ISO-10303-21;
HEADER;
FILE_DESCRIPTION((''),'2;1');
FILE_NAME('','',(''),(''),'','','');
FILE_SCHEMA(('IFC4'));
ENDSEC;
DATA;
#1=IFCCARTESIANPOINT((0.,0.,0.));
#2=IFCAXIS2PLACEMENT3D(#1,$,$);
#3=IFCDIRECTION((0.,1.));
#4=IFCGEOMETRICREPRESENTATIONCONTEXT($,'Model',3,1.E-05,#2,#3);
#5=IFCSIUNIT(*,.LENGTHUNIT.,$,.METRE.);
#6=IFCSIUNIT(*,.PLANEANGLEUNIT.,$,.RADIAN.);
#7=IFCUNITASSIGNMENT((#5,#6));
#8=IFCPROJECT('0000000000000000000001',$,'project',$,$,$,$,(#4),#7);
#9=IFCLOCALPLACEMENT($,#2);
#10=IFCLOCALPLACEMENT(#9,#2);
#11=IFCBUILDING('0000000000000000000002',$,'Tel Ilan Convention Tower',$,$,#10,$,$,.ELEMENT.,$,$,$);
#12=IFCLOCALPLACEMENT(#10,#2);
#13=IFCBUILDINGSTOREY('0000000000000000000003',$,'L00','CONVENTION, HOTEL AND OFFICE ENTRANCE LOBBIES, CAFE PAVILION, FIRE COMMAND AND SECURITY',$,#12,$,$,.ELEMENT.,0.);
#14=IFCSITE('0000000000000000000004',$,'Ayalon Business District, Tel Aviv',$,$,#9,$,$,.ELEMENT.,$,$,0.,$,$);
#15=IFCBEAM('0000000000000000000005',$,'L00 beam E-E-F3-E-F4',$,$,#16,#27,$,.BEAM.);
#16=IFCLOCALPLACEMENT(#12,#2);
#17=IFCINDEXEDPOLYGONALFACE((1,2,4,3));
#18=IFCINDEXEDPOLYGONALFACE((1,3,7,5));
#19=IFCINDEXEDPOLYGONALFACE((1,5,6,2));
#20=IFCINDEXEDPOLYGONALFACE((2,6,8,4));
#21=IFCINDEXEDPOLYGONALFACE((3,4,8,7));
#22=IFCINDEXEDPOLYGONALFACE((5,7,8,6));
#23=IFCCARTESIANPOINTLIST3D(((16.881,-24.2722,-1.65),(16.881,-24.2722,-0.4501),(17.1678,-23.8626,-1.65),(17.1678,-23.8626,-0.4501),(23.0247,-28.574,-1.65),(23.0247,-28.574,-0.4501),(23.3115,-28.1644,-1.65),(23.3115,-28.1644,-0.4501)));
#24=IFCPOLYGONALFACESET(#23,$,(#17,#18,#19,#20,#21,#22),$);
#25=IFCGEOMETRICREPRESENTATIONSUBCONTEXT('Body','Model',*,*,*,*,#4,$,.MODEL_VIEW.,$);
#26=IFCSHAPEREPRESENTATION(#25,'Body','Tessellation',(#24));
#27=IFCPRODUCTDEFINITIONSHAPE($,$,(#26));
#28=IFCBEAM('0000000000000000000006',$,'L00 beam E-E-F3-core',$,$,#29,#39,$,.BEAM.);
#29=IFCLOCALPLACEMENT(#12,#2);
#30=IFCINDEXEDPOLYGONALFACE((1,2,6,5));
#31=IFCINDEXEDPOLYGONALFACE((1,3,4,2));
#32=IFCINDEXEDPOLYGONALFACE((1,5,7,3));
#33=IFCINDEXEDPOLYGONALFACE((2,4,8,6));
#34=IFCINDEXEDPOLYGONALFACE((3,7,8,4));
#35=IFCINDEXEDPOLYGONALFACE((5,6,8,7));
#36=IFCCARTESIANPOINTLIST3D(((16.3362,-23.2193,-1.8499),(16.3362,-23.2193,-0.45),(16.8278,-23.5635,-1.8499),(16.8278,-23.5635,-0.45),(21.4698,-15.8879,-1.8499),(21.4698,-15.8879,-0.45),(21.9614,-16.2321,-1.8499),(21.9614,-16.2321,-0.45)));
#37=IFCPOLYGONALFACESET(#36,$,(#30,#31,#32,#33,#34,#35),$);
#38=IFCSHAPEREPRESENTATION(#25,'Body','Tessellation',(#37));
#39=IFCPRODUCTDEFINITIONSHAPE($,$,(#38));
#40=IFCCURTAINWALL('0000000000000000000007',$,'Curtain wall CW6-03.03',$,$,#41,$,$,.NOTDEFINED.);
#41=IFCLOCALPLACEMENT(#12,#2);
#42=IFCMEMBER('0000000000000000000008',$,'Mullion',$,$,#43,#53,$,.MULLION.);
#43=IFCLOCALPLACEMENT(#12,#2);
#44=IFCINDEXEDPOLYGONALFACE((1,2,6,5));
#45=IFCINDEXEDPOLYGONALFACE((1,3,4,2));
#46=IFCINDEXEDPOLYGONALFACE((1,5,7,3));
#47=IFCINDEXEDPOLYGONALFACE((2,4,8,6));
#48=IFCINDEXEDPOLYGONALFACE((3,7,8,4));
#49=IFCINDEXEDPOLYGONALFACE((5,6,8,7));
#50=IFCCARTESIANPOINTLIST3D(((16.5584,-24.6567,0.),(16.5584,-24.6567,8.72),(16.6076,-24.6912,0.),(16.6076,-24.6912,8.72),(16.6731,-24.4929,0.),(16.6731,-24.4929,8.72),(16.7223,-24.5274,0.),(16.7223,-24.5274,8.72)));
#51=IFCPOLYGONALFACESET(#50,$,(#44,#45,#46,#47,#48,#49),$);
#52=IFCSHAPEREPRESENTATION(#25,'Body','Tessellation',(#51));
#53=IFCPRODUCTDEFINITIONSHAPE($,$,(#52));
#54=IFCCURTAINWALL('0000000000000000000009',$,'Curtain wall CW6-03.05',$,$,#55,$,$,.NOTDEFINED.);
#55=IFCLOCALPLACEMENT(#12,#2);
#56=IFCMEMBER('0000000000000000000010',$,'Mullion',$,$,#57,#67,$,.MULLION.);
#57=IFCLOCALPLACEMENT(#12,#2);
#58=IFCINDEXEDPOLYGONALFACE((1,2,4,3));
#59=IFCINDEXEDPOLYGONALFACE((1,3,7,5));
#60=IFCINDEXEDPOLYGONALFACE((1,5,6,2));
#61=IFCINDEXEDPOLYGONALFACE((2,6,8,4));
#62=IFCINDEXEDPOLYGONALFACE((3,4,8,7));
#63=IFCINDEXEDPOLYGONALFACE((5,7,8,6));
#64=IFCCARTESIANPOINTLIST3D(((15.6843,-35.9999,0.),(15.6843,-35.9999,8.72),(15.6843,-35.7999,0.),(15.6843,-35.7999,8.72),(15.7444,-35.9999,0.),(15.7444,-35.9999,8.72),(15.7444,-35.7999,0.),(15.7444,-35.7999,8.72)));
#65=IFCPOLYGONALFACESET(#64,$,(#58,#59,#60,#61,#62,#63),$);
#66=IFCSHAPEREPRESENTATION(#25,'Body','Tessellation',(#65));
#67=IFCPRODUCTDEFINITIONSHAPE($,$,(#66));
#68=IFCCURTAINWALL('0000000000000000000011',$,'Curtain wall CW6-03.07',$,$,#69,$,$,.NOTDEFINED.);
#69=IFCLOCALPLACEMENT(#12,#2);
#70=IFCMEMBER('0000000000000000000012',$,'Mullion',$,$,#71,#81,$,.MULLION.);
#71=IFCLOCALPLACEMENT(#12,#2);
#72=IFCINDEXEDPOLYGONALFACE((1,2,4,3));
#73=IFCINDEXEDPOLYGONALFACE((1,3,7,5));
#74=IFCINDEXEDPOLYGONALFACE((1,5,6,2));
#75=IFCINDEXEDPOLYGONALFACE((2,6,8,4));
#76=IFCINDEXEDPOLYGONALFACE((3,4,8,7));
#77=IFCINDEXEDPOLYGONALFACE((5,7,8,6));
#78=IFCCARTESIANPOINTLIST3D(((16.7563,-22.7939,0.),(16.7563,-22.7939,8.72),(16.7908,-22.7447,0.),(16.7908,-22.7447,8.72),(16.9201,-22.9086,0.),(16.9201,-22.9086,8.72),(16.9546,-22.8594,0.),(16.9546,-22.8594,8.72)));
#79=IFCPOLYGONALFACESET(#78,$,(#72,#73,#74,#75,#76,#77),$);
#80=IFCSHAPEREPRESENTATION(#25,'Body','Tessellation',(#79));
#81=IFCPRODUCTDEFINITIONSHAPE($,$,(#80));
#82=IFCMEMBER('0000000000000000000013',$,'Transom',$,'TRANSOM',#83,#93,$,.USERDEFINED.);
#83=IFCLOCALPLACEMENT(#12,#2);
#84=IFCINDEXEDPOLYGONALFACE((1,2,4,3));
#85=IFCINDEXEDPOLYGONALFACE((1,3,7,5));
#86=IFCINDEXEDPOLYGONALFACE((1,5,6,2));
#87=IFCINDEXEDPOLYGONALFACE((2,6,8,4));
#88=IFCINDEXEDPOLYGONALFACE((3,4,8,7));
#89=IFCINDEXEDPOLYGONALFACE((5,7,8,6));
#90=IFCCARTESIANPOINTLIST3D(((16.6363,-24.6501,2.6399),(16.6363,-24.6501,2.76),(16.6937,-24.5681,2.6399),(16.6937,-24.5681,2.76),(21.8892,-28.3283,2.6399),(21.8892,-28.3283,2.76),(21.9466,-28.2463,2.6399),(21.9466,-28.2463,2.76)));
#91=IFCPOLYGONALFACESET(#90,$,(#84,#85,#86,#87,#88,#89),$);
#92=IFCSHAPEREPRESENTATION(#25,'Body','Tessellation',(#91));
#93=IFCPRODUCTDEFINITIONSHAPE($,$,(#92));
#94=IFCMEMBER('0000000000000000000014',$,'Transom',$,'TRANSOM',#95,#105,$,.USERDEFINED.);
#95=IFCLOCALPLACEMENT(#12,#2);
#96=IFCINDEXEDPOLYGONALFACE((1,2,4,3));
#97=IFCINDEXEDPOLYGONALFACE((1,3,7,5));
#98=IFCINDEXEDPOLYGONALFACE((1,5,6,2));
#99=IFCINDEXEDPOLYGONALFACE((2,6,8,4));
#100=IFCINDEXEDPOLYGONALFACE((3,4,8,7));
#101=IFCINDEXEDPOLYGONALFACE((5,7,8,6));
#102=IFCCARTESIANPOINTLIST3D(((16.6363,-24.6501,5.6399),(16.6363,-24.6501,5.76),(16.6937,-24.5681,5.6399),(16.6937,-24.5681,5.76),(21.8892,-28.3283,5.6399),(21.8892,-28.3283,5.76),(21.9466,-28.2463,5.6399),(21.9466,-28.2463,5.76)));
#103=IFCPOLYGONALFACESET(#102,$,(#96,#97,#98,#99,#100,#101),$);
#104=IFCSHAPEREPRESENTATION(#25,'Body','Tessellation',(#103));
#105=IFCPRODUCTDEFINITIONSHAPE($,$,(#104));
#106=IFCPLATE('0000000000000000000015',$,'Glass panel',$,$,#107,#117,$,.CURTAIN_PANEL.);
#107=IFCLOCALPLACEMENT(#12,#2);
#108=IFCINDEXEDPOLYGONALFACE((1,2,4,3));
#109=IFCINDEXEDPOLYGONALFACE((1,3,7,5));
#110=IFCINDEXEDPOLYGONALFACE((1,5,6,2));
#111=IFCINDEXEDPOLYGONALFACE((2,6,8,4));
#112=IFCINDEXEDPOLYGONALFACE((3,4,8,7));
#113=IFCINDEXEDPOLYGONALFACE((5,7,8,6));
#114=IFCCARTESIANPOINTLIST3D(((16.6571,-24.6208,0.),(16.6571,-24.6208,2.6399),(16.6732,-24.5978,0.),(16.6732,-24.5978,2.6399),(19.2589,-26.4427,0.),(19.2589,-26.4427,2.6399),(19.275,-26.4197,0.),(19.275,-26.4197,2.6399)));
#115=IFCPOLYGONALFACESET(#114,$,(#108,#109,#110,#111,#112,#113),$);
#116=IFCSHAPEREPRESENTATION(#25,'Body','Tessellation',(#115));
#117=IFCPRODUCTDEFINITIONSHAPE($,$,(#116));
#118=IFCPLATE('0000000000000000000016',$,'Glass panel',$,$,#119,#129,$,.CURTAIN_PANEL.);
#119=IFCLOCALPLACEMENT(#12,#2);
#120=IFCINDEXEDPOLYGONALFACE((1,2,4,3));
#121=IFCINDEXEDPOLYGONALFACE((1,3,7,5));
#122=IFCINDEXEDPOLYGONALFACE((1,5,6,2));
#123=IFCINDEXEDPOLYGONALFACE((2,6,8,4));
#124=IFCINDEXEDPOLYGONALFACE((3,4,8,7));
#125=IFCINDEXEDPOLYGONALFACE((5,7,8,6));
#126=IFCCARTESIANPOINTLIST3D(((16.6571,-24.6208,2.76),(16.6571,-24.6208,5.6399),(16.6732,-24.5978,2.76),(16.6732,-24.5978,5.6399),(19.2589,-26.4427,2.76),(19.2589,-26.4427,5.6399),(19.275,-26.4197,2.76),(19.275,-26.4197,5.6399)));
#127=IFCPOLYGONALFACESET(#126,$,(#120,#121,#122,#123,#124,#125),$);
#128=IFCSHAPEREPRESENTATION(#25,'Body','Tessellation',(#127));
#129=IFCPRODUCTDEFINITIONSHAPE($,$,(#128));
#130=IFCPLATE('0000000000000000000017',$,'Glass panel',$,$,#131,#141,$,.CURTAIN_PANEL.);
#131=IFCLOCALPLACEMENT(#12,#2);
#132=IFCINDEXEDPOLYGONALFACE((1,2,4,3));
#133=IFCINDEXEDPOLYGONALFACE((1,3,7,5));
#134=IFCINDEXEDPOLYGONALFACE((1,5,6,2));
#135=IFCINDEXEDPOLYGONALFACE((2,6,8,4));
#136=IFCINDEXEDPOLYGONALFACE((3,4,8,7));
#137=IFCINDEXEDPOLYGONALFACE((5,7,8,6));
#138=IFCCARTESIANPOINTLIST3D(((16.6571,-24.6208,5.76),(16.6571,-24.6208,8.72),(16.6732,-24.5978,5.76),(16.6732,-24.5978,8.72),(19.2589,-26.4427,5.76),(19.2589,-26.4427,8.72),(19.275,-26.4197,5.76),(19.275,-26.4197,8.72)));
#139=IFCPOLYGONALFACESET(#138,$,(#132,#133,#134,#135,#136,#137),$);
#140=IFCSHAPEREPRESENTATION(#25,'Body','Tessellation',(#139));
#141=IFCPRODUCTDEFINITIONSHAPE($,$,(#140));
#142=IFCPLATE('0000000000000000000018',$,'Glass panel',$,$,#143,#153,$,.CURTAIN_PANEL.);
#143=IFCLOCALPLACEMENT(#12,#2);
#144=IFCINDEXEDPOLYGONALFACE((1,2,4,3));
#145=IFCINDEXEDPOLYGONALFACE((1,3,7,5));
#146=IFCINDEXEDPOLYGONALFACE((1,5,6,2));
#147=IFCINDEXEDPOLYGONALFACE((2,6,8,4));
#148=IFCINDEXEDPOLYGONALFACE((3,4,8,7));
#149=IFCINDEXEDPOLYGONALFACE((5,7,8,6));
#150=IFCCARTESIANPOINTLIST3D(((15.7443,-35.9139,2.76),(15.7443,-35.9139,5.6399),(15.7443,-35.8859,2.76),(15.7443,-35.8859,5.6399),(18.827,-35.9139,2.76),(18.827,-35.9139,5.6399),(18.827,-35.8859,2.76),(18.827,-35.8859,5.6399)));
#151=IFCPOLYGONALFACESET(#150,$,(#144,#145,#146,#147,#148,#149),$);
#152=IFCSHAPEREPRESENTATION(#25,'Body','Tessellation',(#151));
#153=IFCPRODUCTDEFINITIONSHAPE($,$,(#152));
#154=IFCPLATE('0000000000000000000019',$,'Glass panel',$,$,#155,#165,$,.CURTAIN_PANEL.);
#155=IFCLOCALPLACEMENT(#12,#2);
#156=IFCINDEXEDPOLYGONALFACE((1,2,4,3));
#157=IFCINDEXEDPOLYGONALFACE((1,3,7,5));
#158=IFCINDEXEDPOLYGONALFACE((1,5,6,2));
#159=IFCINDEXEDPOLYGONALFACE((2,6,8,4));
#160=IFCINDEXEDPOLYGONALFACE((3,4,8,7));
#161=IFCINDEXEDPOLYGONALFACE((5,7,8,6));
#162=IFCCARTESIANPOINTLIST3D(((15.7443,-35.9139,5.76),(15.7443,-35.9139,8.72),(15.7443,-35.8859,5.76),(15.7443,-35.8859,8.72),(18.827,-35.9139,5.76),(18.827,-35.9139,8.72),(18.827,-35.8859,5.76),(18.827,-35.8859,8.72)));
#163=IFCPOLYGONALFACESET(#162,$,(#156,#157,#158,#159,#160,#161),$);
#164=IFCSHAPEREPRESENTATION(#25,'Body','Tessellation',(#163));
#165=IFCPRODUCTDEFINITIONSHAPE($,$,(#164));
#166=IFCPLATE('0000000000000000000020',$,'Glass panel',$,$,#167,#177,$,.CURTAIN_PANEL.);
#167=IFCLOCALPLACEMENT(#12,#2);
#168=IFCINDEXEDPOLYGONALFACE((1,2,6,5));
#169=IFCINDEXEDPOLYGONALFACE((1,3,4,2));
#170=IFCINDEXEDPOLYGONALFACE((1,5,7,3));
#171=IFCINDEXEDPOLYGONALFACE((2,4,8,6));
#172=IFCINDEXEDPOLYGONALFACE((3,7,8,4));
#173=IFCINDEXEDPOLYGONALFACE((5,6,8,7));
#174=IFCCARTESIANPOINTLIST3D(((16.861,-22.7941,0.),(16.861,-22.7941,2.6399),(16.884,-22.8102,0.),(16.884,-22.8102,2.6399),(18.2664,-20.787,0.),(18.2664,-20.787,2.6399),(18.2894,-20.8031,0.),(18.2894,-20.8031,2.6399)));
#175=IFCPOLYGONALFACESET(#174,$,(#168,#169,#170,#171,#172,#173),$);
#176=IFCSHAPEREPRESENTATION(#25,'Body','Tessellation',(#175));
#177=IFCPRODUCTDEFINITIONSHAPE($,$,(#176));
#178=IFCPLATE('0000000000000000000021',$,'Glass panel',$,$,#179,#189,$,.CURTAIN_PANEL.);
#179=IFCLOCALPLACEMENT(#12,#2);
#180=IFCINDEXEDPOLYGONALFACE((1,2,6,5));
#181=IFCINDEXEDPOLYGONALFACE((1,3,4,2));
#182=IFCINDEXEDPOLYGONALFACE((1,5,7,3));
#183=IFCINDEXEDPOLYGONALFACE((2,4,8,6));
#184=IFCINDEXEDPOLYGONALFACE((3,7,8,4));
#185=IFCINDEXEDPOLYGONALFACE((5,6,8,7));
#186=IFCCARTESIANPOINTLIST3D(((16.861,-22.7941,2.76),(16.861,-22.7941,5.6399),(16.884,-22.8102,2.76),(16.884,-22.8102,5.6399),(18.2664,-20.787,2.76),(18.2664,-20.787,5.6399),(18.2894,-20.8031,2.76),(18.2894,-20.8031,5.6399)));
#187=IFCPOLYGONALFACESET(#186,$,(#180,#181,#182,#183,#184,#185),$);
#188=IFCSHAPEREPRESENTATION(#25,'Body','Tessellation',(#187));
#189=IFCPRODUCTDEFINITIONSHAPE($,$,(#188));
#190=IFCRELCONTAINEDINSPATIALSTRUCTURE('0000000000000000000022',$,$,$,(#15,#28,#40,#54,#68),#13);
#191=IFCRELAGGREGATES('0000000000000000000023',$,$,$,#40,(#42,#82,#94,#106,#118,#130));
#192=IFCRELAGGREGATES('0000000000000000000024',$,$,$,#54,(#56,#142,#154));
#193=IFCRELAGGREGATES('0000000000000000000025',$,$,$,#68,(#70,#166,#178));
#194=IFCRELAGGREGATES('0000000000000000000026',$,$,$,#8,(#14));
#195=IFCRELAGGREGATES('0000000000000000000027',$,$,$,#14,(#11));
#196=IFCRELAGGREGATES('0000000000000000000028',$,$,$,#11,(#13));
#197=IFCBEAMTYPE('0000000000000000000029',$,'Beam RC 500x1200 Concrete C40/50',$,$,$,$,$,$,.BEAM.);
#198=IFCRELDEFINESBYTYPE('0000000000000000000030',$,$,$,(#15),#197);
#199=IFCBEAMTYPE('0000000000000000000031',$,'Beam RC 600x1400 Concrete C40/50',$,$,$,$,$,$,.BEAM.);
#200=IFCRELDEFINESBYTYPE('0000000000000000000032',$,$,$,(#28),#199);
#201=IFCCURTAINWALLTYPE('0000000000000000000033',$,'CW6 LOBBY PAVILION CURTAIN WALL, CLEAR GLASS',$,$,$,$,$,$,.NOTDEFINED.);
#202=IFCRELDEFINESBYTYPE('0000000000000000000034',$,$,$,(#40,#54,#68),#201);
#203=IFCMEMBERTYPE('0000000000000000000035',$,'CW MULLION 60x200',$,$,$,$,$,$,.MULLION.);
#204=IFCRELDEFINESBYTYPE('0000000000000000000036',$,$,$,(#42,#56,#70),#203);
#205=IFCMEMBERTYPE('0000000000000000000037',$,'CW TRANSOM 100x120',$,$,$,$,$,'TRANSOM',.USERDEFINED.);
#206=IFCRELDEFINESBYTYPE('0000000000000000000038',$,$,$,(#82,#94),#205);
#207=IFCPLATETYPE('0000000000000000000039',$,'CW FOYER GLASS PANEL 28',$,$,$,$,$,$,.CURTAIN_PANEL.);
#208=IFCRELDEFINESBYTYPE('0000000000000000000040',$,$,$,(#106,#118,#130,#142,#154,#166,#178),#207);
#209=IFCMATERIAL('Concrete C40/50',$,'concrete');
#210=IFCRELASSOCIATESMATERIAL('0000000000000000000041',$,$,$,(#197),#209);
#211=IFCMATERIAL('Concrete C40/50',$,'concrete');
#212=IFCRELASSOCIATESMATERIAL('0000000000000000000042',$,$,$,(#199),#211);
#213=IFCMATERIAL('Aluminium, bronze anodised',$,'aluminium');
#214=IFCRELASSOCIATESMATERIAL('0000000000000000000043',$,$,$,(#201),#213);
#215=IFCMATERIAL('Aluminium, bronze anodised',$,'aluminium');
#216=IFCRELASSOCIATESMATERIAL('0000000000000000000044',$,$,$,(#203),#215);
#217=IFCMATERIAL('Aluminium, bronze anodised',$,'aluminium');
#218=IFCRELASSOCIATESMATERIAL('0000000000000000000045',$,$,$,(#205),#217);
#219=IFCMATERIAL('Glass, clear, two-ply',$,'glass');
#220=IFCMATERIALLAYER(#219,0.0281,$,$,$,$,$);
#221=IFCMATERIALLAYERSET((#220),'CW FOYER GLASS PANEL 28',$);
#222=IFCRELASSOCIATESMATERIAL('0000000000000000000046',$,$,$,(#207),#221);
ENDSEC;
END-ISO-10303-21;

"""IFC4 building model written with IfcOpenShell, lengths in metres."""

from ifc_helpers import new_model, si_unit, direction, frame, origin, origin_2d, place, context, subcontext, project, spatial, rectangle, extrude, material, layer, layer_set, material_profile, profile_set, type_object, element, aggregate, save


model = new_model("IFC4")

# Units and contexts
model_context = context("Model", 3, precision=1e-05, world=origin(), true_north=direction((0.0, 1.0)))
body_context = subcontext(model_context, "Body", "Model", "MODEL_VIEW")
ifc_project = project(units=[si_unit("LENGTHUNIT", "METRE"), si_unit("PLANEANGLEUNIT", "RADIAN")], contexts=[model_context])

# Site, building, storey
site_placement = place(None, origin())
site = spatial("IfcSite", under=ifc_project, at=site_placement, Name="Ayalon Business District, Tel Aviv", CompositionType="ELEMENT", RefElevation=0.0)
building_placement = place(site_placement, origin())
building = spatial("IfcBuilding", under=site, at=building_placement, Name="Tel Ilan Convention Tower", CompositionType="ELEMENT")
storey_placement = place(building_placement, origin())
storey = spatial("IfcBuildingStorey", under=building, at=storey_placement, Name="L00", Description="CONVENTION, HOTEL AND OFFICE ENTRANCE LOBBIES, CAFE PAVILION, FIRE COMMAND AND SECURITY", CompositionType="ELEMENT", Elevation=0.0)

# Beams
ifc_material_1 = material(Name="Concrete C40/50", Category="concrete")
ifc_material_profile_1 = material_profile(ifc_material_1, rectangle(XDim=0.5, YDim=1.2, at=origin_2d()), Name="RC 500x1200")
ifc_profile_set_1 = profile_set([ifc_material_profile_1], Name="Concrete C40/50")
beam_type_1 = type_object("IfcBeamType", Name="Beam RC 500x1200 Concrete C40/50", PredefinedType="BEAM", material=ifc_profile_set_1)
beam_1_placement = place(storey_placement, frame((17.0244, -24.0674, -1.05), z_axis=(0.819152, -0.573576, 0.0), x_axis=(0.573576, 0.819152, 0.0)))
element("IfcBeam", 1, at=beam_1_placement, inside=storey, type_object=beam_type_1, Name="L00 beam E-E-F3-E-F4", PredefinedType="BEAM", context=body_context, shape_type="SweptSolid", body=[
    extrude(rectangle(XDim=0.5, YDim=1.2, at=origin_2d()), origin(), (0.0, 0.0, 1.0), 7.5),
])
ifc_material_2 = material(Name="Concrete C40/50", Category="concrete")
ifc_material_profile_2 = material_profile(ifc_material_2, rectangle(XDim=0.6001, YDim=1.3999, at=origin_2d()), Name="RC 600x1400")
ifc_profile_set_2 = profile_set([ifc_material_profile_2], Name="Concrete C40/50")
beam_type_2 = type_object("IfcBeamType", Name="Beam RC 600x1400 Concrete C40/50", PredefinedType="BEAM", material=ifc_profile_set_2)
beam_2_placement = place(storey_placement, frame((16.582, -23.3914, -1.1499), z_axis=(0.573585, 0.819146, 0.0), x_axis=(-0.819146, 0.573585, 0.0)))
element("IfcBeam", 2, at=beam_2_placement, inside=storey, type_object=beam_type_2, Name="L00 beam E-E-F3-core", PredefinedType="BEAM", context=body_context, shape_type="SweptSolid", body=[
    extrude(rectangle(XDim=0.6001, YDim=1.3999, at=origin_2d()), origin(), (0.0, 0.0, 1.0), 8.95),
])

# Curtain walls, members
ifc_material_3 = material(Name="Aluminium, bronze anodised", Category="aluminium")
curtain_wall_type = type_object("IfcCurtainWallType", Name="CW6 LOBBY PAVILION CURTAIN WALL, CLEAR GLASS", PredefinedType="NOTDEFINED", material=ifc_material_3)
curtain_wall_1_placement = place(storey_placement, origin())
curtain_wall_1 = element("IfcCurtainWall", 3, at=curtain_wall_1_placement, inside=storey, type_object=curtain_wall_type, Name="Curtain wall CW6-03.03", PredefinedType="NOTDEFINED")
ifc_material_4 = material(Name="Aluminium, bronze anodised", Category="aluminium")
ifc_material_profile_3 = material_profile(ifc_material_4, rectangle(XDim=0.0601, YDim=0.2, at=origin_2d()), Name="CW MULLION 60x200")
ifc_profile_set_3 = profile_set([ifc_material_profile_3], Name="Aluminium, bronze anodised")
member_type_1 = type_object("IfcMemberType", Name="CW MULLION 60x200", PredefinedType="MULLION", material=ifc_profile_set_3)
member_1_placement = place(storey_placement, frame((16.6404, -24.592, 0.0), z_axis=(0.0, 0.0, 1.0), x_axis=(0.819152, -0.573576, 0.0)))
member_1 = element("IfcMember", 4, at=member_1_placement, type_object=member_type_1, Name="Mullion", PredefinedType="MULLION", context=body_context, shape_type="SweptSolid", body=[
    extrude(rectangle(XDim=0.0601, YDim=0.2, at=origin_2d()), origin(), (0.0, 0.0, 1.0), 8.72),
])
curtain_wall_2_placement = place(storey_placement, origin())
curtain_wall_2 = element("IfcCurtainWall", 5, at=curtain_wall_2_placement, inside=storey, type_object=curtain_wall_type, Name="Curtain wall CW6-03.05", PredefinedType="NOTDEFINED")
member_2_placement = place(storey_placement, frame((15.7144, -35.8999, 0.0), z_axis=(0.0, 0.0, 1.0), x_axis=(-1.0, 0.0, 0.0)))
member_2 = element("IfcMember", 6, at=member_2_placement, type_object=member_type_1, Name="Mullion", PredefinedType="MULLION", context=body_context, shape_type="SweptSolid", body=[
    extrude(rectangle(XDim=0.0601, YDim=0.2, at=origin_2d()), origin(), (0.0, 0.0, 1.0), 8.72),
])
curtain_wall_3_placement = place(storey_placement, origin())
curtain_wall_3 = element("IfcCurtainWall", 7, at=curtain_wall_3_placement, inside=storey, type_object=curtain_wall_type, Name="Curtain wall CW6-03.07", PredefinedType="NOTDEFINED")
member_3_placement = place(storey_placement, frame((16.8555, -22.8267, 0.0), z_axis=(0.0, 0.0, 1.0), x_axis=(-0.573576, -0.819152, 0.0)))
member_3 = element("IfcMember", 8, at=member_3_placement, type_object=member_type_1, Name="Mullion", PredefinedType="MULLION", context=body_context, shape_type="SweptSolid", body=[
    extrude(rectangle(XDim=0.0601, YDim=0.2, at=origin_2d()), origin(), (0.0, 0.0, 1.0), 8.72),
])

# Members
ifc_material_5 = material(Name="Aluminium, bronze anodised", Category="aluminium")
ifc_material_profile_4 = material_profile(ifc_material_5, rectangle(XDim=0.1001, YDim=0.1201, at=origin_2d()), Name="CW TRANSOM 100x120")
ifc_profile_set_4 = profile_set([ifc_material_profile_4], Name="Aluminium, bronze anodised")
member_type_2 = type_object("IfcMemberType", Name="CW TRANSOM 100x120", ElementType="TRANSOM", PredefinedType="USERDEFINED", material=ifc_profile_set_4)
member_4_placement = place(storey_placement, frame((16.665, -24.6091, 2.7), z_axis=(0.819146, -0.573585, 0.0), x_axis=(0.573585, 0.819146, 0.0)))
member_4 = element("IfcMember", 9, at=member_4_placement, type_object=member_type_2, Name="Transom", ObjectType="TRANSOM", PredefinedType="USERDEFINED", context=body_context, shape_type="SweptSolid", body=[
    extrude(rectangle(XDim=0.1001, YDim=0.1201, at=origin_2d()), origin(), (0.0, 0.0, 1.0), 6.4126),
])
member_5_placement = place(storey_placement, frame((16.665, -24.6091, 5.7), z_axis=(0.819146, -0.573585, 0.0), x_axis=(0.573585, 0.819146, 0.0)))
member_5 = element("IfcMember", 10, at=member_5_placement, type_object=member_type_2, Name="Transom", ObjectType="TRANSOM", PredefinedType="USERDEFINED", context=body_context, shape_type="SweptSolid", body=[
    extrude(rectangle(XDim=0.1001, YDim=0.1201, at=origin_2d()), origin(), (0.0, 0.0, 1.0), 6.4126),
])

# Plates
ifc_material_6 = material(Name="Glass, clear, two-ply", Category="glass")
ifc_layer_1 = layer(ifc_material_6, 0.0281)
ifc_layer_set_1 = layer_set([ifc_layer_1], Name="CW FOYER GLASS PANEL 28")
plate_type = type_object("IfcPlateType", Name="CW FOYER GLASS PANEL 28", PredefinedType="CURTAIN_PANEL", material=ifc_layer_set_1)
plate_1_placement = place(storey_placement, frame((17.9661, -25.5203, 0.0), z_axis=(0.0, 0.0, 1.0), x_axis=(0.819152, -0.573576, 0.0)))
plate_1 = element("IfcPlate", 11, at=plate_1_placement, type_object=plate_type, Name="Glass panel", PredefinedType="CURTAIN_PANEL", context=body_context, shape_type="SweptSolid", body=[
    extrude(rectangle(XDim=3.1763, YDim=0.0281, at=origin_2d()), origin(), (0.0, 0.0, 1.0), 2.6399),
])
plate_2_placement = place(storey_placement, frame((17.9661, -25.5203, 2.76), z_axis=(0.0, 0.0, 1.0), x_axis=(0.819152, -0.573576, 0.0)))
plate_2 = element("IfcPlate", 12, at=plate_2_placement, type_object=plate_type, Name="Glass panel", PredefinedType="CURTAIN_PANEL", context=body_context, shape_type="SweptSolid", body=[
    extrude(rectangle(XDim=3.1763, YDim=0.0281, at=origin_2d()), origin(), (0.0, 0.0, 1.0), 2.8799),
])
plate_3_placement = place(storey_placement, frame((17.9661, -25.5203, 5.76), z_axis=(0.0, 0.0, 1.0), x_axis=(0.819152, -0.573576, 0.0)))
plate_3 = element("IfcPlate", 13, at=plate_3_placement, type_object=plate_type, Name="Glass panel", PredefinedType="CURTAIN_PANEL", context=body_context, shape_type="SweptSolid", body=[
    extrude(rectangle(XDim=3.1763, YDim=0.0281, at=origin_2d()), origin(), (0.0, 0.0, 1.0), 2.96),
])
aggregate(curtain_wall_1, [member_1, member_4, member_5, plate_1, plate_2, plate_3])
plate_4_placement = place(storey_placement, frame((17.2856, -35.8999, 2.76), z_axis=(0.0, 0.0, 1.0), x_axis=(-1.0, 0.0, 0.0)))
plate_4 = element("IfcPlate", 14, at=plate_4_placement, type_object=plate_type, Name="Glass panel", PredefinedType="CURTAIN_PANEL", context=body_context, shape_type="SweptSolid", body=[
    extrude(rectangle(XDim=3.0828, YDim=0.0281, at=origin_2d()), origin(), (0.0, 0.0, 1.0), 2.8799),
])
plate_5_placement = place(storey_placement, frame((17.2856, -35.8999, 5.76), z_axis=(0.0, 0.0, 1.0), x_axis=(-1.0, 0.0, 0.0)))
plate_5 = element("IfcPlate", 15, at=plate_5_placement, type_object=plate_type, Name="Glass panel", PredefinedType="CURTAIN_PANEL", context=body_context, shape_type="SweptSolid", body=[
    extrude(rectangle(XDim=3.0828, YDim=0.0281, at=origin_2d()), origin(), (0.0, 0.0, 1.0), 2.96),
])
aggregate(curtain_wall_2, [member_2, plate_4, plate_5])
plate_6_placement = place(storey_placement, frame((17.5752, -21.7986, 0.0), z_axis=(0.0, 0.0, 1.0), x_axis=(-0.573576, -0.819152, 0.0)))
plate_6 = element("IfcPlate", 16, at=plate_6_placement, type_object=plate_type, Name="Glass panel", PredefinedType="CURTAIN_PANEL", context=body_context, shape_type="SweptSolid", body=[
    extrude(rectangle(XDim=2.4502, YDim=0.0281, at=origin_2d()), origin(), (0.0, 0.0, 1.0), 2.6399),
])
plate_7_placement = place(storey_placement, frame((17.5752, -21.7986, 2.76), z_axis=(0.0, 0.0, 1.0), x_axis=(-0.573576, -0.819152, 0.0)))
plate_7 = element("IfcPlate", 17, at=plate_7_placement, type_object=plate_type, Name="Glass panel", PredefinedType="CURTAIN_PANEL", context=body_context, shape_type="SweptSolid", body=[
    extrude(rectangle(XDim=2.4502, YDim=0.0281, at=origin_2d()), origin(), (0.0, 0.0, 1.0), 2.8799),
])
aggregate(curtain_wall_3, [member_3, plate_6, plate_7])

save(model, "model.ifc")
